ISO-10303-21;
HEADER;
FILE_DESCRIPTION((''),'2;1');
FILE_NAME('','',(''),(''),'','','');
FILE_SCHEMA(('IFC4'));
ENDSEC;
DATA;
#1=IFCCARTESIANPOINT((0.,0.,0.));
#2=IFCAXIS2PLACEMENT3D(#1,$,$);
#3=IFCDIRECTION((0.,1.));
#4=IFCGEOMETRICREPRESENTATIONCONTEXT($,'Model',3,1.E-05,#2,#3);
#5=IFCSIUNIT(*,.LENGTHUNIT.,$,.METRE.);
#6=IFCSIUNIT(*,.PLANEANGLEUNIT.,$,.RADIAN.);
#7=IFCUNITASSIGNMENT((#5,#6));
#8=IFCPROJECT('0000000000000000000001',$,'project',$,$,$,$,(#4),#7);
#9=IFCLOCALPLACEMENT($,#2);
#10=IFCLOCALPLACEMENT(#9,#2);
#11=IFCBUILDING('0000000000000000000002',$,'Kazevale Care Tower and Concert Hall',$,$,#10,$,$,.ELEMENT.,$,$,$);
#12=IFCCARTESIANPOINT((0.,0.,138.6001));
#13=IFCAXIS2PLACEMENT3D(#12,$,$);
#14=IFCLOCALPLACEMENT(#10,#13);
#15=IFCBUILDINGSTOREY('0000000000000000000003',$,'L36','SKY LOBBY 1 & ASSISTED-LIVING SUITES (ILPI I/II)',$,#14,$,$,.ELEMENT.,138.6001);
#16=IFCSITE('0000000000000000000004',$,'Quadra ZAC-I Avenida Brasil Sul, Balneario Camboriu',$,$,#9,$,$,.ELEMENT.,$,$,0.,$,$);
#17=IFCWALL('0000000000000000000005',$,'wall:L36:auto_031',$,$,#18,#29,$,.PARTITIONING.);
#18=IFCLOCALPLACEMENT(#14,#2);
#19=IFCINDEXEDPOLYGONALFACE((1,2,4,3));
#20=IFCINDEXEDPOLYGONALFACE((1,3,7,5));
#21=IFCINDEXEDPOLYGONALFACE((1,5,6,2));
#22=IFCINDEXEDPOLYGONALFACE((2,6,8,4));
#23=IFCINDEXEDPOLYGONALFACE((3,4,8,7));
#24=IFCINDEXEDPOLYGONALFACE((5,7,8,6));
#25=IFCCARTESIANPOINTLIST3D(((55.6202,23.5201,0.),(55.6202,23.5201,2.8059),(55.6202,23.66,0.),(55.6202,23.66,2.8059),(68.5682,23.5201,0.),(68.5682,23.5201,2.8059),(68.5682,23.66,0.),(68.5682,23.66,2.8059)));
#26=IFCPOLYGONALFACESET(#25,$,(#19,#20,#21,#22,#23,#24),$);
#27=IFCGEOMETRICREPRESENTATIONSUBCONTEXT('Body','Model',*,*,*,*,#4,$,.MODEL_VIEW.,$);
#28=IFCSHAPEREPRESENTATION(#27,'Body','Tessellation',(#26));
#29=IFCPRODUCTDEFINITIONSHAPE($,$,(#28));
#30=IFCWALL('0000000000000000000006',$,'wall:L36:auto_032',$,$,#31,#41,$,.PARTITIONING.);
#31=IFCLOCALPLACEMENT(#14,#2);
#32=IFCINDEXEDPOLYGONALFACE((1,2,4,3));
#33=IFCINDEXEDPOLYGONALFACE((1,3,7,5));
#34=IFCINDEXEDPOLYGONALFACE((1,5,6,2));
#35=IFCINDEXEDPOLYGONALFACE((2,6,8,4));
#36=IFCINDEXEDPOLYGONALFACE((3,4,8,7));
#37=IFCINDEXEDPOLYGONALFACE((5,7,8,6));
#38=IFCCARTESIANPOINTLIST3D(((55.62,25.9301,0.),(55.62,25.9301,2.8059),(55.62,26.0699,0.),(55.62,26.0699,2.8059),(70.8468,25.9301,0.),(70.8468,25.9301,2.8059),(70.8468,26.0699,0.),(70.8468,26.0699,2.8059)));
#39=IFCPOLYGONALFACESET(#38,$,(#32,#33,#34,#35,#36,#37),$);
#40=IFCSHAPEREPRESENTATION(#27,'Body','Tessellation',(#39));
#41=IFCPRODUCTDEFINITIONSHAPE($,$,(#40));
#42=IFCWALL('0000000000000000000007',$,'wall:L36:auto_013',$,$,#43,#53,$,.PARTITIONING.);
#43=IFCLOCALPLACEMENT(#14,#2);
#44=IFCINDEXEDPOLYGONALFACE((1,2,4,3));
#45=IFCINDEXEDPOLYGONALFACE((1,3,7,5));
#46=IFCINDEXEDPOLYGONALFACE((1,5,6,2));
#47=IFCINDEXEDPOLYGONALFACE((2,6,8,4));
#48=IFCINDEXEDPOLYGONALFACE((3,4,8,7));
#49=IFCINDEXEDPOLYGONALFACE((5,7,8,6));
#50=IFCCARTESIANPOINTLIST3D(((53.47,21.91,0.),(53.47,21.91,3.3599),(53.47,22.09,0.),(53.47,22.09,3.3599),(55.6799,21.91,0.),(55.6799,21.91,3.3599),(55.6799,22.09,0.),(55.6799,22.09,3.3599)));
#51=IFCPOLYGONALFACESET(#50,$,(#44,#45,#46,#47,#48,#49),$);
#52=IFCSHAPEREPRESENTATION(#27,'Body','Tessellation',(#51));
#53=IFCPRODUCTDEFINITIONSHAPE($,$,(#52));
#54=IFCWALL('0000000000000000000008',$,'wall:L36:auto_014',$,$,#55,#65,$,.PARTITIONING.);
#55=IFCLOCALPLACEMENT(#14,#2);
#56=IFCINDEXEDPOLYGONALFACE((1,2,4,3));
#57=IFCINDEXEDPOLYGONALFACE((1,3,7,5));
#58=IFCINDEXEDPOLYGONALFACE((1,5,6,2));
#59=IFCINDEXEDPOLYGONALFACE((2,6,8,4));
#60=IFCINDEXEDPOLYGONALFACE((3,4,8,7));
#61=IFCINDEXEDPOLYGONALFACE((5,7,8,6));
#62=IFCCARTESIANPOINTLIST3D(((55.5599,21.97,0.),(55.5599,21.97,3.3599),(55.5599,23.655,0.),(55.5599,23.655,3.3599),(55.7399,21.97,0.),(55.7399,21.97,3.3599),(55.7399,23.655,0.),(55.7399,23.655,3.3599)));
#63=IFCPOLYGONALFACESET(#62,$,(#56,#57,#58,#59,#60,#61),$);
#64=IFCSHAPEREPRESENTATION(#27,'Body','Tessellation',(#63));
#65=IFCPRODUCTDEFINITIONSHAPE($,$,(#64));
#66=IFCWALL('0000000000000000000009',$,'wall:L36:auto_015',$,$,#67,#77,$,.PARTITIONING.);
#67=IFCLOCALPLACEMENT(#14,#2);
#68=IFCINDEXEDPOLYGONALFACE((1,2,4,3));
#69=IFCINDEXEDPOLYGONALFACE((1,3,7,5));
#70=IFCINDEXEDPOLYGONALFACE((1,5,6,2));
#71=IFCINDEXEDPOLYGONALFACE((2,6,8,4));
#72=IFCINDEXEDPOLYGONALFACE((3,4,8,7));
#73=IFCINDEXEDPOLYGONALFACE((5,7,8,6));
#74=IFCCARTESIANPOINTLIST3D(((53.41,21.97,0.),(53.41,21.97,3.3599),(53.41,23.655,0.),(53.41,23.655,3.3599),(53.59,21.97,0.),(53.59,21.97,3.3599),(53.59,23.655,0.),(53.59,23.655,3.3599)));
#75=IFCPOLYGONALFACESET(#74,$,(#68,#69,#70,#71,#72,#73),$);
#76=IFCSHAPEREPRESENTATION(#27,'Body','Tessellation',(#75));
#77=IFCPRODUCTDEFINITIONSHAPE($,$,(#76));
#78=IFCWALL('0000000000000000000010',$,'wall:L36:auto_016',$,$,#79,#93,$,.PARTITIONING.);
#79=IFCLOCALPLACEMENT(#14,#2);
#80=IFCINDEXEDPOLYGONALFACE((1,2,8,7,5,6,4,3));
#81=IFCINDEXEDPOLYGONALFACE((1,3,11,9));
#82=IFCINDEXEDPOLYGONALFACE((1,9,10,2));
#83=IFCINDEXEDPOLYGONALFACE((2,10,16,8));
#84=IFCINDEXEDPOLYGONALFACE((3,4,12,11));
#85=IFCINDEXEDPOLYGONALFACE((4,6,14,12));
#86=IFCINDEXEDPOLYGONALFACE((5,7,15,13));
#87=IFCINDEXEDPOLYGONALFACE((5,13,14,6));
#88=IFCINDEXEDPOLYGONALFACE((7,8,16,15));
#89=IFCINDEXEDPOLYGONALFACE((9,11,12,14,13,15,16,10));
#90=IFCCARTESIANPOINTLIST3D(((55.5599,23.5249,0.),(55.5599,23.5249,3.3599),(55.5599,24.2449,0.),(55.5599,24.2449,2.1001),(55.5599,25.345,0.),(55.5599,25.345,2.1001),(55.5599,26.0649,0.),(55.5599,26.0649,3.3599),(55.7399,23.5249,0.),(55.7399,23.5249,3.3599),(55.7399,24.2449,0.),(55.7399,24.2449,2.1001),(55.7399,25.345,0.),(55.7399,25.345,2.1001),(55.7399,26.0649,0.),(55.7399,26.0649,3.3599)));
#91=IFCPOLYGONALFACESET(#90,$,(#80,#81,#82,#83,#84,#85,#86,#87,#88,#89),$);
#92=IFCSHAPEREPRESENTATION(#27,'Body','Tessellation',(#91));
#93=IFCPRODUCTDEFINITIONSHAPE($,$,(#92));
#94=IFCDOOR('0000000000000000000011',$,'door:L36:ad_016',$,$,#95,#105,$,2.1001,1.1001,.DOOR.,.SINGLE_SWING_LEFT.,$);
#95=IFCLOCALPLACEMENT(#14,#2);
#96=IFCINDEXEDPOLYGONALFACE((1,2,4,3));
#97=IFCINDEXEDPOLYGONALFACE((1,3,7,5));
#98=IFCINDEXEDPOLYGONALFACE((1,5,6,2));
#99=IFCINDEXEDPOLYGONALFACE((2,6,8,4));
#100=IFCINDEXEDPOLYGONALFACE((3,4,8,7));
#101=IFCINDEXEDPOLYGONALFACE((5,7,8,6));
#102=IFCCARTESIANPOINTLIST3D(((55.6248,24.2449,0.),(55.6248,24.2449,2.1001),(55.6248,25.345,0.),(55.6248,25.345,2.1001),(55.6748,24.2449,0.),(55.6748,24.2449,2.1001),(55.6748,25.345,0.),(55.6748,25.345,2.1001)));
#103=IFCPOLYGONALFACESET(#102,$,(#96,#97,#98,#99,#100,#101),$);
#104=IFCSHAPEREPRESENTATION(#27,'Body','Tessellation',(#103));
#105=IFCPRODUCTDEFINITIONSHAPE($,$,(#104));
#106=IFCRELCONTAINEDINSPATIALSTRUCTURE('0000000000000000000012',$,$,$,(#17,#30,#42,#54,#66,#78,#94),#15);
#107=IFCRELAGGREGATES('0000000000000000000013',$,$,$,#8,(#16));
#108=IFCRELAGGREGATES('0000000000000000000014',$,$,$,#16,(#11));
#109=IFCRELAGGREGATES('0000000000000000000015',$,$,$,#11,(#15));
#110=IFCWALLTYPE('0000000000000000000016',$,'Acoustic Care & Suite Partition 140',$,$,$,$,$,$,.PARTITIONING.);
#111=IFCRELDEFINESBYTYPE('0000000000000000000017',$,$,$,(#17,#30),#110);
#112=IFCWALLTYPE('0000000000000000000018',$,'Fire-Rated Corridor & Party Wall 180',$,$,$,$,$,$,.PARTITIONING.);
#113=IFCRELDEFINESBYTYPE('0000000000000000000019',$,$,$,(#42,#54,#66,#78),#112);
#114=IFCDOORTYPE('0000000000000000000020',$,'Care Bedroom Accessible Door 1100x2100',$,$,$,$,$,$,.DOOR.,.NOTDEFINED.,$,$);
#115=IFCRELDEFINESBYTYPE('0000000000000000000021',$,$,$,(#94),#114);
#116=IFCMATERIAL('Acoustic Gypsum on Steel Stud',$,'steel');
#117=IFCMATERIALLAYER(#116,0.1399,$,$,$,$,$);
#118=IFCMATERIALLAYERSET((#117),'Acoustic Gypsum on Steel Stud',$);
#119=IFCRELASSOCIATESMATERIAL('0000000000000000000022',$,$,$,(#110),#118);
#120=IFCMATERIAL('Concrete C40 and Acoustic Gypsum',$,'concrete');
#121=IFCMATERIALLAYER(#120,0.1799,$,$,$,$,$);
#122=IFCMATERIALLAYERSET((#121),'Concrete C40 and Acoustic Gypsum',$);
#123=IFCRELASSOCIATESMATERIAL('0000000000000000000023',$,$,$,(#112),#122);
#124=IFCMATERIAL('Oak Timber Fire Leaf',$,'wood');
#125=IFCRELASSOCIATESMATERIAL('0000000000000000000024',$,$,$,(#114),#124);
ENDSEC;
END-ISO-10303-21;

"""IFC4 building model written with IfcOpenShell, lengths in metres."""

from ifc_helpers import new_model, si_unit, direction, frame, frame_2d, origin, place, context, subcontext, project, spatial, rectangle, extrude, material, layer, layer_set, type_object, element, fill, save


model = new_model("IFC4")

# Units and contexts
model_context = context("Model", 3, precision=1e-05, world=origin(), true_north=direction((0.0, 1.0)))
body_context = subcontext(model_context, "Body", "Model", "MODEL_VIEW")
ifc_project = project(units=[si_unit("LENGTHUNIT", "METRE"), si_unit("PLANEANGLEUNIT", "RADIAN")], contexts=[model_context])

# Site, building, storey
site_placement = place(None, origin())
site = spatial("IfcSite", under=ifc_project, at=site_placement, Name="Quadra ZAC-I Avenida Brasil Sul, Balneario Camboriu", CompositionType="ELEMENT", RefElevation=0.0)
building_placement = place(site_placement, origin())
building = spatial("IfcBuilding", under=site, at=building_placement, Name="Kazevale Care Tower and Concert Hall", CompositionType="ELEMENT")
storey_placement = place(building_placement, frame((0.0, 0.0, 138.6001)))
storey = spatial("IfcBuildingStorey", under=building, at=storey_placement, Name="L36", Description="SKY LOBBY 1 & ASSISTED-LIVING SUITES (ILPI I/II)", CompositionType="ELEMENT", Elevation=138.6001)

# Walls
ifc_material_1 = material(Name="Acoustic Gypsum on Steel Stud", Category="steel")
ifc_layer_1 = layer(ifc_material_1, 0.1399)
ifc_layer_set_1 = layer_set([ifc_layer_1], Name="Acoustic Gypsum on Steel Stud")
wall_type_1 = type_object("IfcWallType", Name="Acoustic Care & Suite Partition 140", PredefinedType="PARTITIONING", material=ifc_layer_set_1)
wall_1_placement = place(storey_placement, frame((55.6201, 23.5901, 0.0), z_axis=(0.0, 0.0, 1.0), x_axis=(1.0, 0.0, 0.0)))
element("IfcWall", 1, at=wall_1_placement, inside=storey, type_object=wall_type_1, Name="wall:L36:auto_031", PredefinedType="PARTITIONING", context=body_context, shape_type="SweptSolid", body=[
    extrude(rectangle(XDim=12.948, YDim=0.1399, at=frame_2d((6.4741, 0.0))), origin(), (0.0, 0.0, 1.0), 2.8059),
])
wall_2_placement = place(storey_placement, frame((55.6201, 26.0, 0.0), z_axis=(0.0, 0.0, 1.0), x_axis=(1.0, 0.0, 0.0)))
element("IfcWall", 2, at=wall_2_placement, inside=storey, type_object=wall_type_1, Name="wall:L36:auto_032", PredefinedType="PARTITIONING", context=body_context, shape_type="SweptSolid", body=[
    extrude(rectangle(XDim=15.2268, YDim=0.1399, at=frame_2d((7.6133, 0.0))), origin(), (0.0, 0.0, 1.0), 2.8059),
])
ifc_material_2 = material(Name="Concrete C40 and Acoustic Gypsum", Category="concrete")
ifc_layer_2 = layer(ifc_material_2, 0.1799)
ifc_layer_set_2 = layer_set([ifc_layer_2], Name="Concrete C40 and Acoustic Gypsum")
wall_type_2 = type_object("IfcWallType", Name="Fire-Rated Corridor & Party Wall 180", PredefinedType="PARTITIONING", material=ifc_layer_set_2)
wall_3_placement = place(storey_placement, frame((55.6799, 22.0, 0.0), z_axis=(0.0, 0.0, 1.0), x_axis=(-1.0, 0.0, 0.0)))
element("IfcWall", 3, at=wall_3_placement, inside=storey, type_object=wall_type_2, Name="wall:L36:auto_013", PredefinedType="PARTITIONING", context=body_context, shape_type="SweptSolid", body=[
    extrude(rectangle(XDim=2.21, YDim=0.1799, at=frame_2d((1.105, 0.0))), origin(), (0.0, 0.0, 1.0), 3.3599),
])
for number, where, z_axis, x_axis, name in (
    (4, (55.6499, 23.655, 0.0), (0.0, 0.0, 1.0), (0.0, -1.0, 0.0), "wall:L36:auto_014"),
    (5, (53.5, 21.97, 0.0), (0.0, 0.0, 1.0), (0.0, 1.0, 0.0), "wall:L36:auto_015"),
):
    element("IfcWall", number, at=place(storey_placement, frame(where, z_axis=z_axis, x_axis=x_axis)), inside=storey, type_object=wall_type_2, Name=name, PredefinedType="PARTITIONING", context=body_context, shape_type="SweptSolid", body=[
        extrude(rectangle(XDim=1.6851, YDim=0.1799, at=frame_2d((0.8425, 0.0))), origin(), (0.0, 0.0, 1.0), 3.3599),
    ])

# Wall, opening, door
wall_4_placement = place(storey_placement, frame((55.6499, 26.0649, 0.0), z_axis=(0.0, 0.0, 1.0), x_axis=(0.0, -1.0, 0.0)))
wall_4 = element("IfcWall", 6, at=wall_4_placement, inside=storey, type_object=wall_type_2, Name="wall:L36:auto_016", PredefinedType="PARTITIONING", context=body_context, shape_type="SweptSolid", body=[
    extrude(rectangle(XDim=2.54, YDim=0.1799, at=frame_2d((1.27, 0.0))), origin(), (0.0, 0.0, 1.0), 3.3599),
])
opening_1_placement = place(wall_4_placement, frame((0.72, 0.0, 0.0)))
opening_1 = element("IfcOpeningElement", 7, at=opening_1_placement, cuts=wall_4, PredefinedType="OPENING", context=body_context, shape_type="SweptSolid", body=[
    extrude(rectangle(XDim=1.1001, YDim=2.1001, at=frame_2d((0.55, 1.05))), frame((0.0, 0.0999, 0.0), z_axis=(0.0, -1.0, 0.0), x_axis=(1.0, 0.0, 0.0)), (0.0, 0.0, 1.0), 0.2),
])
ifc_material_3 = material(Name="Oak Timber Fire Leaf", Category="wood")
door_type_1 = type_object("IfcDoorType", Name="Care Bedroom Accessible Door 1100x2100", OperationType="NOTDEFINED", PredefinedType="DOOR", material=ifc_material_3)
door_1_placement = place(opening_1_placement, origin())
door_1 = element("IfcDoor", 8, at=door_1_placement, inside=storey, type_object=door_type_1, Name="door:L36:ad_016", OperationType="SINGLE_SWING_LEFT", OverallHeight=2.1001, OverallWidth=1.1001, PredefinedType="DOOR", context=body_context, shape_type="SweptSolid", body=[
    extrude(rectangle(XDim=1.1001, YDim=2.1001, at=frame_2d((0.55, 1.05))), frame((0.0, 0.0249, 0.0), z_axis=(0.0, -1.0, 0.0), x_axis=(1.0, 0.0, 0.0)), (0.0, 0.0, 1.0), 0.05),
])
fill(opening_1, door_1)

save(model, "model.ifc")
